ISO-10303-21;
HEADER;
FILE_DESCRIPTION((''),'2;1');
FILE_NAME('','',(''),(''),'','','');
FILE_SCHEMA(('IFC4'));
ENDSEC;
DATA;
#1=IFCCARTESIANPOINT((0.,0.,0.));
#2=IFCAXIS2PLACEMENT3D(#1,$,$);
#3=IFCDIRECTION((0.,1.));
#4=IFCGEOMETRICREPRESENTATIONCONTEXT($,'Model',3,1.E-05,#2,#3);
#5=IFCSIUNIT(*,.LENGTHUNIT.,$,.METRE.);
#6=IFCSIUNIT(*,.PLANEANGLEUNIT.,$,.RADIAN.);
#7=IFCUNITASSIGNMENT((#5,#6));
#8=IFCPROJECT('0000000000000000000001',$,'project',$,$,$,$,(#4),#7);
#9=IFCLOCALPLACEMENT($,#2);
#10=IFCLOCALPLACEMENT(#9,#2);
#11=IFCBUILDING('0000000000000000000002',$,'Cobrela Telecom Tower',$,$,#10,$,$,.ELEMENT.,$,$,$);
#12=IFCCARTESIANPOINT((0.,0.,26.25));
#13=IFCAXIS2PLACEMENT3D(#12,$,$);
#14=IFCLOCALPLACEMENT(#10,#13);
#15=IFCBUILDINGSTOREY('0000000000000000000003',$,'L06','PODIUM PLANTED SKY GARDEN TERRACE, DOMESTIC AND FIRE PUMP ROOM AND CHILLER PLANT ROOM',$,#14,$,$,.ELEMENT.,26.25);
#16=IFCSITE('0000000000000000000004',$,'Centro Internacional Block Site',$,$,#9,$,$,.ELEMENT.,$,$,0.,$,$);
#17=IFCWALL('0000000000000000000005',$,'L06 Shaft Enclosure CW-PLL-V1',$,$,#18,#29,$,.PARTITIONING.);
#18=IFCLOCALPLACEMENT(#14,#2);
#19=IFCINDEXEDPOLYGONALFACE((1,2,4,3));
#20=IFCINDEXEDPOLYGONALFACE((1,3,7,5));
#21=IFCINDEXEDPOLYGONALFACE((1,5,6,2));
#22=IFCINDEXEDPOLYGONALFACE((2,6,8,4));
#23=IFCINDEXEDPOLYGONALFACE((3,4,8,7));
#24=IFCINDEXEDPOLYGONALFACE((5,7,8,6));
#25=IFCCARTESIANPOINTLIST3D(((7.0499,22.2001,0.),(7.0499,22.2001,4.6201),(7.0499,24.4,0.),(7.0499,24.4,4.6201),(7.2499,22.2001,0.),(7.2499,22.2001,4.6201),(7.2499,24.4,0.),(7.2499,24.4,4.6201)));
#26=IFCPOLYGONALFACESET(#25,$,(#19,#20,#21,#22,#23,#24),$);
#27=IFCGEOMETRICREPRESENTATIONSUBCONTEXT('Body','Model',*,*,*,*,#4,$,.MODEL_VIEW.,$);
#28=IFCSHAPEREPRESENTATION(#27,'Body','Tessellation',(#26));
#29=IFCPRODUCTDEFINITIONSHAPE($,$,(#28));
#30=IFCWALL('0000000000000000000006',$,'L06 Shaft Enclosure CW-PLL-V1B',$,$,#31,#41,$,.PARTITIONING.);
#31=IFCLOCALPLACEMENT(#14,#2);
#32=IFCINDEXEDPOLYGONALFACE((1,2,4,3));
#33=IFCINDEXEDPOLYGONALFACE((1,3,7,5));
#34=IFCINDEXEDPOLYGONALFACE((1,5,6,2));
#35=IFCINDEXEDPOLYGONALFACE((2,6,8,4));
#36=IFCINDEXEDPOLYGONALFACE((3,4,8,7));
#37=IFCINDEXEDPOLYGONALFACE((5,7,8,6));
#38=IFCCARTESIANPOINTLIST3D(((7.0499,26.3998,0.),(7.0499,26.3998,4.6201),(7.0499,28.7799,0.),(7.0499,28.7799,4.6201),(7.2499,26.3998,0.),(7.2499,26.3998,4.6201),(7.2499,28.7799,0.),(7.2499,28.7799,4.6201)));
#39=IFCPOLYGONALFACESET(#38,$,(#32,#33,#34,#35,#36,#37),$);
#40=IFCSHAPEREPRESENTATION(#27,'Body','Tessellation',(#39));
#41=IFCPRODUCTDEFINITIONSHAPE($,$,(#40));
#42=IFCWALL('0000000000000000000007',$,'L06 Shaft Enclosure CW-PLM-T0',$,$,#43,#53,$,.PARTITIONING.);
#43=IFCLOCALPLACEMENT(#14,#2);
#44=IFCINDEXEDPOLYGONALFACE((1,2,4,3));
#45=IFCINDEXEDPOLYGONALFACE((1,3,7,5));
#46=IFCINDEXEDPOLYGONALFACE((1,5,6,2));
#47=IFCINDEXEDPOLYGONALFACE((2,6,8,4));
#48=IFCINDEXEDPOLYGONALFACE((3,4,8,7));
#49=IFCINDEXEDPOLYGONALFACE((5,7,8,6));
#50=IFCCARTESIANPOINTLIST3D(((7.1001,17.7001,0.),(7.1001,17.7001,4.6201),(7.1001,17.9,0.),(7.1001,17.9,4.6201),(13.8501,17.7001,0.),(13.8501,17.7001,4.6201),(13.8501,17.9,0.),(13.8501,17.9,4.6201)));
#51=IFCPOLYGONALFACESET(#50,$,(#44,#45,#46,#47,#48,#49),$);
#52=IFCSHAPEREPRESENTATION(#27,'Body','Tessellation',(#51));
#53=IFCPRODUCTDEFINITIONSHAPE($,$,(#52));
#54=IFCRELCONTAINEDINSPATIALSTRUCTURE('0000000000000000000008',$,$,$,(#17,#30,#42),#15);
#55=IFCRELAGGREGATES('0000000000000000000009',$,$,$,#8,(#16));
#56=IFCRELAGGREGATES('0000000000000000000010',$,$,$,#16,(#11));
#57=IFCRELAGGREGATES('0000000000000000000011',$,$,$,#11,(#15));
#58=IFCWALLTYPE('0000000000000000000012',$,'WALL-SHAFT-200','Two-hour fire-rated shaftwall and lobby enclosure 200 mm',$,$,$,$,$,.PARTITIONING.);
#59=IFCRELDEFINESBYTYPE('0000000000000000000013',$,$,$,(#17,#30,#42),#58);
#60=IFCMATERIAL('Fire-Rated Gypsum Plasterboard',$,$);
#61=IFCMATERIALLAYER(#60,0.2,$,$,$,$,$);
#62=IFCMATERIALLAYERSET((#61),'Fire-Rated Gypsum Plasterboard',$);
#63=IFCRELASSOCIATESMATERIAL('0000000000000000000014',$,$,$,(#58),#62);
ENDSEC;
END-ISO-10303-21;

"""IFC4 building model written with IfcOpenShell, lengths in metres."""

from ifc_helpers import new_model, si_unit, direction, frame, frame_2d, origin, place, context, subcontext, project, spatial, rectangle, extrude, material, layer, layer_set, type_object, element, save


model = new_model("IFC4")

# Units and contexts
model_context = context("Model", 3, precision=1e-05, world=origin(), true_north=direction((0.0, 1.0)))
body_context = subcontext(model_context, "Body", "Model", "MODEL_VIEW")
ifc_project = project(units=[si_unit("LENGTHUNIT", "METRE"), si_unit("PLANEANGLEUNIT", "RADIAN")], contexts=[model_context])

# Site, building, storey
site_placement = place(None, origin())
site = spatial("IfcSite", under=ifc_project, at=site_placement, Name="Centro Internacional Block Site", CompositionType="ELEMENT", RefElevation=0.0)
building_placement = place(site_placement, origin())
building = spatial("IfcBuilding", under=site, at=building_placement, Name="Cobrela Telecom Tower", CompositionType="ELEMENT")
storey_placement = place(building_placement, frame((0.0, 0.0, 26.25)))
storey = spatial("IfcBuildingStorey", under=building, at=storey_placement, Name="L06", Description="PODIUM PLANTED SKY GARDEN TERRACE, DOMESTIC AND FIRE PUMP ROOM AND CHILLER PLANT ROOM", CompositionType="ELEMENT", Elevation=26.25)

# Shared definitions
ifc_material_1 = material(Name="Fire-Rated Gypsum Plasterboard")
ifc_layer_1 = layer(ifc_material_1, 0.2)
ifc_layer_set_1 = layer_set([ifc_layer_1], Name="Fire-Rated Gypsum Plasterboard")
wall_type_1 = type_object("IfcWallType", Name="WALL-SHAFT-200", Description="Two-hour fire-rated shaftwall and lobby enclosure 200 mm", PredefinedType="PARTITIONING", material=ifc_layer_set_1)

# Walls
wall_1_placement = place(storey_placement, frame((7.1499, 22.2, 0.0), z_axis=(0.0, 0.0, 1.0), x_axis=(0.0, 1.0, 0.0)))
element("IfcWall", 1, at=wall_1_placement, inside=storey, type_object=wall_type_1, Name="L06 Shaft Enclosure CW-PLL-V1", PredefinedType="PARTITIONING", context=body_context, shape_type="SweptSolid", body=[
    extrude(rectangle(XDim=2.2, YDim=0.2, at=frame_2d((1.1001, 0.0))), origin(), (0.0, 0.0, 1.0), 4.6201),
])
wall_2_placement = place(storey_placement, frame((7.1499, 26.3999, 0.0), z_axis=(0.0, 0.0, 1.0), x_axis=(0.0, 1.0, 0.0)))
element("IfcWall", 2, at=wall_2_placement, inside=storey, type_object=wall_type_1, Name="L06 Shaft Enclosure CW-PLL-V1B", PredefinedType="PARTITIONING", context=body_context, shape_type="SweptSolid", body=[
    extrude(rectangle(XDim=2.3801, YDim=0.2, at=frame_2d((1.1899, 0.0))), origin(), (0.0, 0.0, 1.0), 4.6201),
])
wall_3_placement = place(storey_placement, frame((7.1001, 17.8, 0.0), z_axis=(0.0, 0.0, 1.0), x_axis=(1.0, 0.0, 0.0)))
element("IfcWall", 3, at=wall_3_placement, inside=storey, type_object=wall_type_1, Name="L06 Shaft Enclosure CW-PLM-T0", PredefinedType="PARTITIONING", context=body_context, shape_type="SweptSolid", body=[
    extrude(rectangle(XDim=6.75, YDim=0.2, at=frame_2d((3.375, 0.0))), origin(), (0.0, 0.0, 1.0), 4.6201),
])

save(model, "model.ifc")
